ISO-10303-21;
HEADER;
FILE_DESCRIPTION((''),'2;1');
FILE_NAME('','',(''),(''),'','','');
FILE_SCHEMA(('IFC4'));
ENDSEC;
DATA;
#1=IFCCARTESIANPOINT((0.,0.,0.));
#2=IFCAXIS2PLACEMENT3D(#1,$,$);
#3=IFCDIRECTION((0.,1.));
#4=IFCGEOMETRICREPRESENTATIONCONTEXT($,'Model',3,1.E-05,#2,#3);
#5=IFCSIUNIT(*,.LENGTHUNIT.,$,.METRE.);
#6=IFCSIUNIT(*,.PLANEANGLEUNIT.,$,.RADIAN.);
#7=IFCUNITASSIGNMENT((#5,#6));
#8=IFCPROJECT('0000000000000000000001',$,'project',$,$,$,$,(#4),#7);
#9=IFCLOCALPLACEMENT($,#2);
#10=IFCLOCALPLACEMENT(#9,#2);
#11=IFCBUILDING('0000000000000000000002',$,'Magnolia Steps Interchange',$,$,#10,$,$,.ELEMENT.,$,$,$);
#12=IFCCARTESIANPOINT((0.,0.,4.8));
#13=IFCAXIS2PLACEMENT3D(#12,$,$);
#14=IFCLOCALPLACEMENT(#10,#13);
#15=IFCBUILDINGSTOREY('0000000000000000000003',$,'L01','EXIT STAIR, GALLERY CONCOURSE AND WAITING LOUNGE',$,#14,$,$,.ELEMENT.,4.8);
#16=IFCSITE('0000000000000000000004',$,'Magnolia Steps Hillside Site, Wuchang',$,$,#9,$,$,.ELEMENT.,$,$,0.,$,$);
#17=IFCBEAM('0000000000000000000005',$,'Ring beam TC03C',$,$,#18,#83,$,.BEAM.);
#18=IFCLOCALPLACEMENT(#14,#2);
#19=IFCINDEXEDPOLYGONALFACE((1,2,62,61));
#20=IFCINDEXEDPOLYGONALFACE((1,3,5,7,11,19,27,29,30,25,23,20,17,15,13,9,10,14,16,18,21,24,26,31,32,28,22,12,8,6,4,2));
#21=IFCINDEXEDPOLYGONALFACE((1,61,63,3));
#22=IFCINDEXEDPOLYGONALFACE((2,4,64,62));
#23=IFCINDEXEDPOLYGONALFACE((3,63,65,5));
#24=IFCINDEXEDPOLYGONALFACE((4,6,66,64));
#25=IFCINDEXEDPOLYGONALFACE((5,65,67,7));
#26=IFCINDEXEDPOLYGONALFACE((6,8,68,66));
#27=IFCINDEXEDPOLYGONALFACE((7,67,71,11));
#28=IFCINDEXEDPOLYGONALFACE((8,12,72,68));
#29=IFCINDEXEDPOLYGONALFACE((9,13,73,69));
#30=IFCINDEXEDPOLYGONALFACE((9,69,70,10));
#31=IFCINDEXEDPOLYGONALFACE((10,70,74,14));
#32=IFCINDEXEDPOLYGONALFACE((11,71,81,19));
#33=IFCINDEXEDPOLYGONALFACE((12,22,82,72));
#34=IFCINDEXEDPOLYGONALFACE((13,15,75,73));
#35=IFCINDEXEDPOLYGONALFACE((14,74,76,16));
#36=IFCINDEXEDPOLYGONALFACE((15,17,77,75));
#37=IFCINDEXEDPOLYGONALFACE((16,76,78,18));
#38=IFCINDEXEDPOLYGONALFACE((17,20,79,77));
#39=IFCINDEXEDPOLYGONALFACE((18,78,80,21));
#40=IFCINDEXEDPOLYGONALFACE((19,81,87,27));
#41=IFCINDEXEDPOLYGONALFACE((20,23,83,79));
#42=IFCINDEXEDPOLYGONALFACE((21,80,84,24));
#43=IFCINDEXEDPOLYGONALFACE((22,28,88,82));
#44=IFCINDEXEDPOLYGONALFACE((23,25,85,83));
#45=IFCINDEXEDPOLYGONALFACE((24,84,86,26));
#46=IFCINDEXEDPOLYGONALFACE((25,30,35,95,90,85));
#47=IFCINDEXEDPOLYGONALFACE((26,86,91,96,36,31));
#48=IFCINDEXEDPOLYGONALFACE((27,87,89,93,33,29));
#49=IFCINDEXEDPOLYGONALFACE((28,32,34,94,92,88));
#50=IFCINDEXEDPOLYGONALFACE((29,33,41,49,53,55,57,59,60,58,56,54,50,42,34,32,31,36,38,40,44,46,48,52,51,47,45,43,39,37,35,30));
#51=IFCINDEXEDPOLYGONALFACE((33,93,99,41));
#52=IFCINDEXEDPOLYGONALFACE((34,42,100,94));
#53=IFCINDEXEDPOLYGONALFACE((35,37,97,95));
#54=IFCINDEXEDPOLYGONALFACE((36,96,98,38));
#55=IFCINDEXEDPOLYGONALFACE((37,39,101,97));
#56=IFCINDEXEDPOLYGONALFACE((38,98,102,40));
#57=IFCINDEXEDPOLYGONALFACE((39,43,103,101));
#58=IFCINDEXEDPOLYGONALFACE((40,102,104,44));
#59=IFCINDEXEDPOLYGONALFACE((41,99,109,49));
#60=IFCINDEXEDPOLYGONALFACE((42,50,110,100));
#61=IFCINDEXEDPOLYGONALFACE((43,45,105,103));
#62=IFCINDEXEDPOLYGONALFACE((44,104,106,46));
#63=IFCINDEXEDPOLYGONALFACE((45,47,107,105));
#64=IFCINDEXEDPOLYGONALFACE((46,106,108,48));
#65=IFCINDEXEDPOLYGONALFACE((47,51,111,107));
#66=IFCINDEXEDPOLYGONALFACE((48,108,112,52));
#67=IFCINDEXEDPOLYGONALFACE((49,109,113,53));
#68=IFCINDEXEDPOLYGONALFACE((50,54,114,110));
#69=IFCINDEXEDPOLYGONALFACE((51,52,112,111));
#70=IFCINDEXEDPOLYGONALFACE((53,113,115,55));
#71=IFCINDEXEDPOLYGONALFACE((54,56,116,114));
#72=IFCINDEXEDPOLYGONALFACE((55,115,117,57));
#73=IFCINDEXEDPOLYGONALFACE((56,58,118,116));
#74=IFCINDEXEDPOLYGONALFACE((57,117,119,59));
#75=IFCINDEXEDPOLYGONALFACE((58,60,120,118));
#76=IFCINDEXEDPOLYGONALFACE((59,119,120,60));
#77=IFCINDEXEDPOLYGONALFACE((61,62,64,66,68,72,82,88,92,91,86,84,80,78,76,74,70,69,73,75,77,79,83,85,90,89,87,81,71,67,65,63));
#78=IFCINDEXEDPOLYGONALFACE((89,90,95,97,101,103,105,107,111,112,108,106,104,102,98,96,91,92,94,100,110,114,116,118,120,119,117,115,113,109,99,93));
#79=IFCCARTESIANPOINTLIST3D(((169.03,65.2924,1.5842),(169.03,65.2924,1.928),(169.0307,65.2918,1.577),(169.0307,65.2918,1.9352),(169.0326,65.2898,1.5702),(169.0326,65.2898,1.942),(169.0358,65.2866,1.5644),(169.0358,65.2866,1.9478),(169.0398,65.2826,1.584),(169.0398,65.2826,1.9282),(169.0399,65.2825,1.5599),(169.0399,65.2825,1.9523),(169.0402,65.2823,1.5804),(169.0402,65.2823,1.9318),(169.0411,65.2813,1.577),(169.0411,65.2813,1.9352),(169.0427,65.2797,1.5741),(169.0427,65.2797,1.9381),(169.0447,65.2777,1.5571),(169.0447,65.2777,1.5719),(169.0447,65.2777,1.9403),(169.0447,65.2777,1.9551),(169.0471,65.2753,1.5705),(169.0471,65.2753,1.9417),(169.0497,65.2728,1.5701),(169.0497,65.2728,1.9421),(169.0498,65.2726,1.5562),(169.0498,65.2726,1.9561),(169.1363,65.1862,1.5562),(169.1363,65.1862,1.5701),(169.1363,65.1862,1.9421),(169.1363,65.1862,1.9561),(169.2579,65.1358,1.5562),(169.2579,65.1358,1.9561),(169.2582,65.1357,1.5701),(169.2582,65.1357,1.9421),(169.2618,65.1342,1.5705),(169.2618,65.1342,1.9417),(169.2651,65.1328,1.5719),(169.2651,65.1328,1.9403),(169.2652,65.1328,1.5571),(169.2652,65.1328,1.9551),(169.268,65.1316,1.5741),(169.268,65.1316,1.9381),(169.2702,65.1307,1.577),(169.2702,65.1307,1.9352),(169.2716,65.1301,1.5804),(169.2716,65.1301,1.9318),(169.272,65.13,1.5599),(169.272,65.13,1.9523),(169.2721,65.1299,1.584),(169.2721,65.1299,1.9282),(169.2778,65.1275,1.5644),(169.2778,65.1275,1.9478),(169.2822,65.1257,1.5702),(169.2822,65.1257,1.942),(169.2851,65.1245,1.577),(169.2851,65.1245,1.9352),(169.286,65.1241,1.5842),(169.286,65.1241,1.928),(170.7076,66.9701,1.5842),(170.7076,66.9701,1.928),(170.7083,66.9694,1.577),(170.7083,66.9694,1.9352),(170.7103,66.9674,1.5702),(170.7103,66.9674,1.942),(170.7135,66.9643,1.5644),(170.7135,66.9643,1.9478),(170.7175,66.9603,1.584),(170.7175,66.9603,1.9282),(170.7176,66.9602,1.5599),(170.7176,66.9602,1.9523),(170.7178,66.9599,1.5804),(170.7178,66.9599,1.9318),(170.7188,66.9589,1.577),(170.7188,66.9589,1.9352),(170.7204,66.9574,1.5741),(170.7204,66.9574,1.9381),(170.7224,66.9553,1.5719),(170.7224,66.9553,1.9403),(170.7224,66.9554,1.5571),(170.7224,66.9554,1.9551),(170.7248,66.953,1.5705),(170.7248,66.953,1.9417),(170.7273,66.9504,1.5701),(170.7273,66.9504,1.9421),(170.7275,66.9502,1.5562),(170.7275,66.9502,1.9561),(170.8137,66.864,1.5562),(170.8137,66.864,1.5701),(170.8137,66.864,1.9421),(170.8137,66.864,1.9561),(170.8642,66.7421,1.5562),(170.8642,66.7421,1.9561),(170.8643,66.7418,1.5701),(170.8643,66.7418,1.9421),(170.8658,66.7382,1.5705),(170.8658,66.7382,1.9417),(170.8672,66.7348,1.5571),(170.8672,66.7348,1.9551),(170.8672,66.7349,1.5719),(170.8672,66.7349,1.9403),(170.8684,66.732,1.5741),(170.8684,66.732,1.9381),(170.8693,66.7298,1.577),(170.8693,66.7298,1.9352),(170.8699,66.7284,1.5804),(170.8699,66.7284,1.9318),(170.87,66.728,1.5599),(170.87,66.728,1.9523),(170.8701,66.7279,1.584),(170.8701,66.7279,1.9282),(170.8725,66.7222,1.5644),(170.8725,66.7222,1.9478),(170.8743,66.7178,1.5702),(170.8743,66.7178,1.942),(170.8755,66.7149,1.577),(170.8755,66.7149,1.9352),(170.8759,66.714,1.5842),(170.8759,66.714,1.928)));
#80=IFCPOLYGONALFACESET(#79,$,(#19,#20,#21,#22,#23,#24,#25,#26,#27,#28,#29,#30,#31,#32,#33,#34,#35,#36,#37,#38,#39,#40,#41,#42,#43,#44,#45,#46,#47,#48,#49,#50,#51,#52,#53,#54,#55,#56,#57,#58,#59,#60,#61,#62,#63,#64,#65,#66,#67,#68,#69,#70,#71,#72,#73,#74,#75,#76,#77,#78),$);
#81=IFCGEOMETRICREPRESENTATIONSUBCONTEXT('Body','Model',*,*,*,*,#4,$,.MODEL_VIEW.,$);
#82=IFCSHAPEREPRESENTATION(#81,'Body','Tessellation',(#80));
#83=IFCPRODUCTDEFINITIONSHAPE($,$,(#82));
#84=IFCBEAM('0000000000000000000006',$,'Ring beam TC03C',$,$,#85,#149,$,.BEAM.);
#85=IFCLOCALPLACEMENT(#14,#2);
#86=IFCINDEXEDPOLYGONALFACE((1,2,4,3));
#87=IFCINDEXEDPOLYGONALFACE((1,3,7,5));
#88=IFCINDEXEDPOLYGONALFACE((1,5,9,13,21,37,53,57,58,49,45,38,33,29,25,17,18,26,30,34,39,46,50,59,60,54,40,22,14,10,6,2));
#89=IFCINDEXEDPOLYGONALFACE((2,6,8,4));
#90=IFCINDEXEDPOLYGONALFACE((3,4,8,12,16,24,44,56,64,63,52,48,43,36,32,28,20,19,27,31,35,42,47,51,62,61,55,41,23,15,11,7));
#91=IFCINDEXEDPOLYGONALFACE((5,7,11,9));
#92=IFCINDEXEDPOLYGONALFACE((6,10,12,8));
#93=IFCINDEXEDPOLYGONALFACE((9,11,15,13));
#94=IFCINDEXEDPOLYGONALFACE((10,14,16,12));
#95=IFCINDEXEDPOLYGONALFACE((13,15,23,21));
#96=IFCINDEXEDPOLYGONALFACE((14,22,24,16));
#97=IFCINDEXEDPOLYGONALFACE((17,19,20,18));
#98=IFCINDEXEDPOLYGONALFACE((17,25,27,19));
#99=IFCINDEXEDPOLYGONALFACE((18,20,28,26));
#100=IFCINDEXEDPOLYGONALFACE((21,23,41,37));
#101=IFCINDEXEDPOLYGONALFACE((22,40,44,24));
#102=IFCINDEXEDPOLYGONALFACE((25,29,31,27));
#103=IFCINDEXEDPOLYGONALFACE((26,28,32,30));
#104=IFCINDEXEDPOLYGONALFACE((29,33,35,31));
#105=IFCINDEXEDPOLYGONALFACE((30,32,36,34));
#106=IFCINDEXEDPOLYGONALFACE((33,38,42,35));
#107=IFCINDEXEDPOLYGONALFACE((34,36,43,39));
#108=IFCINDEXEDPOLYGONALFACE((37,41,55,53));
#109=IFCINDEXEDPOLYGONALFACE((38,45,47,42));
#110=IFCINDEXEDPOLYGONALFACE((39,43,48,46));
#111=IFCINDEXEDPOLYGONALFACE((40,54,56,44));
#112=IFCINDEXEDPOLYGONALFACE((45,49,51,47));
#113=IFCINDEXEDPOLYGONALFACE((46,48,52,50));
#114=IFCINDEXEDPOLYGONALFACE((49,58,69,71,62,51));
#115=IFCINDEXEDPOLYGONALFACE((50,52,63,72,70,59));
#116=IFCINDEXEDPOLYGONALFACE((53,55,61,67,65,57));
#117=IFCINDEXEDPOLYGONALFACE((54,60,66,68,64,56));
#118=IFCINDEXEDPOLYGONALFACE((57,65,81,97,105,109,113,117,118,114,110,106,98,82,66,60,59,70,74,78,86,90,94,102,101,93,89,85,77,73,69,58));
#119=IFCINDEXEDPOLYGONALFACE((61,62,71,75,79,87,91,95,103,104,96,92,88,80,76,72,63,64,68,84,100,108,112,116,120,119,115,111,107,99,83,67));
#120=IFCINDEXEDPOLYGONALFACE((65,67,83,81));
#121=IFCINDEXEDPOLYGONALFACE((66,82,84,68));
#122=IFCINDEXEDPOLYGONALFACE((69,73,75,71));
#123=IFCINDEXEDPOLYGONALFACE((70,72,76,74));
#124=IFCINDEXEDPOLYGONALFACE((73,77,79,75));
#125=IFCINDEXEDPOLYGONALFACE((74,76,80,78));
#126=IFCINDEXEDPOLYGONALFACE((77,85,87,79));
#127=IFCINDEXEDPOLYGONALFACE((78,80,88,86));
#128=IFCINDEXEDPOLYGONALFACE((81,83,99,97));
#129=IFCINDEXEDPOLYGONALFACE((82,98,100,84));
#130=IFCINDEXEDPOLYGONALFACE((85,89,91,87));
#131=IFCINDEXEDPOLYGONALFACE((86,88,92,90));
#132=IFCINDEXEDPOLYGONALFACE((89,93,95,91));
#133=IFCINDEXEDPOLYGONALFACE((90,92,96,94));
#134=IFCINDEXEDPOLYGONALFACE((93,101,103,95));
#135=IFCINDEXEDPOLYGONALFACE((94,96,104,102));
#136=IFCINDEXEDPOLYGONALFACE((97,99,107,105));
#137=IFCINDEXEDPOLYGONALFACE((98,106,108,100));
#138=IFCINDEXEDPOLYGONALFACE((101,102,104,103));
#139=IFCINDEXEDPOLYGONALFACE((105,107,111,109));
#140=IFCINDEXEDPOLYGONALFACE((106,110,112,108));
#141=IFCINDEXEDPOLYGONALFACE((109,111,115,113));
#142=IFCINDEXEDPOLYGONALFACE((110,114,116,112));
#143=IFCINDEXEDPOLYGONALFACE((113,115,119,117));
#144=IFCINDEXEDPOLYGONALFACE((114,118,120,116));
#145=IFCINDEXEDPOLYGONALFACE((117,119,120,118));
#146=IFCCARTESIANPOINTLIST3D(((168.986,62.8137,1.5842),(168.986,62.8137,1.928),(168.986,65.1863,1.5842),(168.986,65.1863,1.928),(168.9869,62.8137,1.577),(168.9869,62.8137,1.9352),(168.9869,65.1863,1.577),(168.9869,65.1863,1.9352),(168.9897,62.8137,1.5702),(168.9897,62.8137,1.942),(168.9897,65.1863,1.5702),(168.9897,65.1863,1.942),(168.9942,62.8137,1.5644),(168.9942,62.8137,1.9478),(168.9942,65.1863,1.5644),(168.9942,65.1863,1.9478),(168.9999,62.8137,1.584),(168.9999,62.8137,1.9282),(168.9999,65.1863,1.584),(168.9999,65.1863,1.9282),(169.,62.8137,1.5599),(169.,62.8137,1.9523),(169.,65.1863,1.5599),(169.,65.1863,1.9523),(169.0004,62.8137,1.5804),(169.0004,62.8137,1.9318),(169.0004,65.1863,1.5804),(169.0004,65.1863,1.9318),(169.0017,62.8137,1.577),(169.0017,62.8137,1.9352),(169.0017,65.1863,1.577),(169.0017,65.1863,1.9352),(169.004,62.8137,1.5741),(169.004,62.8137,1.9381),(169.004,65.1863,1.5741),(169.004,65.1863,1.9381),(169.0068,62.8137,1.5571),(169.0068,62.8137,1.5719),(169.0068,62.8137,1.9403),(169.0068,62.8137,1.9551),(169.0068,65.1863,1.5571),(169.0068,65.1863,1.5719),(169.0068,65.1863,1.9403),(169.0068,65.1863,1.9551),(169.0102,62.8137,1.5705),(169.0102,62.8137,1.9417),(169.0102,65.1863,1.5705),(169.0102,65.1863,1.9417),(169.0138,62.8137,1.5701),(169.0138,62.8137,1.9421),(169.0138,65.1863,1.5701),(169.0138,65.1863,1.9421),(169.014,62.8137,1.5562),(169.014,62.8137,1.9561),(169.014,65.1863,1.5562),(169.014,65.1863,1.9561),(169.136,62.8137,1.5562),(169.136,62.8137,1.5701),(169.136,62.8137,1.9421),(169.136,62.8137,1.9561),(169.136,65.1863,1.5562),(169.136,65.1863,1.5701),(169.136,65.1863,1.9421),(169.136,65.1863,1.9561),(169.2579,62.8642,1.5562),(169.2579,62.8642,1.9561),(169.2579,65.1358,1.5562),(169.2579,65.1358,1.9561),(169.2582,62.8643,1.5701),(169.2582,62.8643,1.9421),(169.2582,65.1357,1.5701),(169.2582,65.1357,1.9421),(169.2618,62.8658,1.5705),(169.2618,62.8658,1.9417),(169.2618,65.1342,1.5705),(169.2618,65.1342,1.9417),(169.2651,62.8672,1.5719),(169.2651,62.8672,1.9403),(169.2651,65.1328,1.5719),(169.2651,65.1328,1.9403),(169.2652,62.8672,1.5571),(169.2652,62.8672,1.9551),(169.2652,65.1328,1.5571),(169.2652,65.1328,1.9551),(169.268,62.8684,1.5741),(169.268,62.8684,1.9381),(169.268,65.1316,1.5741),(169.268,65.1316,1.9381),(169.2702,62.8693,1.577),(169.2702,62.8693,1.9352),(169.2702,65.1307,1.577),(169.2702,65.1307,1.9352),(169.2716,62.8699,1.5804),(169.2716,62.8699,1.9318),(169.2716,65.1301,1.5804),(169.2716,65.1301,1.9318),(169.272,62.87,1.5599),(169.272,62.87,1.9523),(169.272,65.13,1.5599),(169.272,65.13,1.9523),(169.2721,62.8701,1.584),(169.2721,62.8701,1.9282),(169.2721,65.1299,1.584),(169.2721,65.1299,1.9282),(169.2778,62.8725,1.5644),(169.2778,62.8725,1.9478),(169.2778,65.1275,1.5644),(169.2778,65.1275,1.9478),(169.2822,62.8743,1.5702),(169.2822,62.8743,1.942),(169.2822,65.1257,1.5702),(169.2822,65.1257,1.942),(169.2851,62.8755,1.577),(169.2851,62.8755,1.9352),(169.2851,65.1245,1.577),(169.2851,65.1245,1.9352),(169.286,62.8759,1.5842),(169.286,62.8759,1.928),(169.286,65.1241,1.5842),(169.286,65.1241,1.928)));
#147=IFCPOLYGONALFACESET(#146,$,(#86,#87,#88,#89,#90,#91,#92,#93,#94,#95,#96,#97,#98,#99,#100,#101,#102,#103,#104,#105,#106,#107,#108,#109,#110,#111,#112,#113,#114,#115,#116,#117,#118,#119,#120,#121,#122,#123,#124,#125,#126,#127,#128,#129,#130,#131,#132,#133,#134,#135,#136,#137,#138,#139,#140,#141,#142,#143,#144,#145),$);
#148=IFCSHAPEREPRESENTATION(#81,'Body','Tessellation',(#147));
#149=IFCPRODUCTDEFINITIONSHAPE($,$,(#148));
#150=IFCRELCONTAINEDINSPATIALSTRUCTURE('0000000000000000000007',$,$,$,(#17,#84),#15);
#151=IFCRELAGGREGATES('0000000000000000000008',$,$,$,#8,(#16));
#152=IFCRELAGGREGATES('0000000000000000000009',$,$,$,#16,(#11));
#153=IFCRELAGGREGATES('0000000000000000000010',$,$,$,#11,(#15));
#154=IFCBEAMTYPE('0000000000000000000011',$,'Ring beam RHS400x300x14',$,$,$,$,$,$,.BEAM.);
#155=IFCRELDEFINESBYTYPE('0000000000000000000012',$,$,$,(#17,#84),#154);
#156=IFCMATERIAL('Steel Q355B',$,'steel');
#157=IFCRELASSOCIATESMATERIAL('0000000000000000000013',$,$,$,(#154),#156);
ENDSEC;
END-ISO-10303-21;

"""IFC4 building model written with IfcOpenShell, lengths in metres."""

from ifc_helpers import new_model, si_unit, direction, frame, origin, origin_2d, place, context, subcontext, project, spatial, hollow_rectangle, extrude, clip, halfspace, material, material_profile, profile_set, type_object, element, save


model = new_model("IFC4")

# Units and contexts
model_context = context("Model", 3, precision=1e-05, world=origin(), true_north=direction((0.0, 1.0)))
body_context = subcontext(model_context, "Body", "Model", "MODEL_VIEW")
ifc_project = project(units=[si_unit("LENGTHUNIT", "METRE"), si_unit("PLANEANGLEUNIT", "RADIAN")], contexts=[model_context])

# Site, building, storey
site_placement = place(None, origin())
site = spatial("IfcSite", under=ifc_project, at=site_placement, Name="Magnolia Steps Hillside Site, Wuchang", CompositionType="ELEMENT", RefElevation=0.0)
building_placement = place(site_placement, origin())
building = spatial("IfcBuilding", under=site, at=building_placement, Name="Magnolia Steps Interchange", CompositionType="ELEMENT")
storey_placement = place(building_placement, frame((0.0, 0.0, 4.8)))
storey = spatial("IfcBuildingStorey", under=building, at=storey_placement, Name="L01", Description="EXIT STAIR, GALLERY CONCOURSE AND WAITING LOUNGE", CompositionType="ELEMENT", Elevation=4.8)

# Beams
ifc_material_1 = material(Name="Steel Q355B", Category="steel")
ifc_material_profile_1 = material_profile(ifc_material_1, hollow_rectangle(XDim=0.3, YDim=0.3999, WallThickness=0.0139, InnerFilletRadius=0.0139, OuterFilletRadius=0.0281, at=origin_2d()), Name="RHS400x300x14")
ifc_profile_set_1 = profile_set([ifc_material_profile_1], Name="Steel Q355B")
beam_type_1 = type_object("IfcBeamType", Name="Ring beam RHS400x300x14", PredefinedType="BEAM", material=ifc_profile_set_1)
beam_1_placement = place(storey_placement, frame((170.8137, 66.864, 1.7561), z_axis=(-0.707107, -0.707107, 0.0), x_axis=(0.707107, -0.707107, 0.0)))
element("IfcBeam", 1, at=beam_1_placement, inside=storey, type_object=beam_type_1, Name="Ring beam TC03C", PredefinedType="BEAM", context=body_context, shape_type="Clipping", body=[
    clip(clip(extrude(hollow_rectangle(XDim=0.3, YDim=0.3999, WallThickness=0.0139, InnerFilletRadius=0.0139, OuterFilletRadius=0.0281, at=origin_2d()), origin(), (0.0, 0.0, 1.0), 2.3726), halfspace(frame((0.0, 0.0, 0.0), z_axis=(0.382683, 0.0, -0.92388), x_axis=(0.92388, 0.0, 0.382683)), False)), halfspace(frame((0.0, 0.0, 2.3727), z_axis=(0.382683, 0.0, 0.92388), x_axis=(0.92388, 0.0, -0.382683)), False)),
])
beam_2_placement = place(storey_placement, frame((169.136, 65.1863, 1.7561), z_axis=(0.0, -1.0, 0.0), x_axis=(1.0, 0.0, 0.0)))
element("IfcBeam", 2, at=beam_2_placement, inside=storey, type_object=beam_type_1, Name="Ring beam TC03C", PredefinedType="BEAM", context=body_context, shape_type="Clipping", body=[
    clip(clip(extrude(hollow_rectangle(XDim=0.3, YDim=0.3999, WallThickness=0.0139, InnerFilletRadius=0.0139, OuterFilletRadius=0.0281, at=origin_2d()), origin(), (0.0, 0.0, 1.0), 2.3726), halfspace(frame((0.0, 0.0, 0.0), z_axis=(0.382683, 0.0, -0.92388), x_axis=(0.92388, 0.0, 0.382683)), False)), halfspace(frame((0.0, 0.0, 2.3726), z_axis=(0.382683, 0.0, 0.92388), x_axis=(0.92388, 0.0, -0.382683)), False)),
])

save(model, "model.ifc")
